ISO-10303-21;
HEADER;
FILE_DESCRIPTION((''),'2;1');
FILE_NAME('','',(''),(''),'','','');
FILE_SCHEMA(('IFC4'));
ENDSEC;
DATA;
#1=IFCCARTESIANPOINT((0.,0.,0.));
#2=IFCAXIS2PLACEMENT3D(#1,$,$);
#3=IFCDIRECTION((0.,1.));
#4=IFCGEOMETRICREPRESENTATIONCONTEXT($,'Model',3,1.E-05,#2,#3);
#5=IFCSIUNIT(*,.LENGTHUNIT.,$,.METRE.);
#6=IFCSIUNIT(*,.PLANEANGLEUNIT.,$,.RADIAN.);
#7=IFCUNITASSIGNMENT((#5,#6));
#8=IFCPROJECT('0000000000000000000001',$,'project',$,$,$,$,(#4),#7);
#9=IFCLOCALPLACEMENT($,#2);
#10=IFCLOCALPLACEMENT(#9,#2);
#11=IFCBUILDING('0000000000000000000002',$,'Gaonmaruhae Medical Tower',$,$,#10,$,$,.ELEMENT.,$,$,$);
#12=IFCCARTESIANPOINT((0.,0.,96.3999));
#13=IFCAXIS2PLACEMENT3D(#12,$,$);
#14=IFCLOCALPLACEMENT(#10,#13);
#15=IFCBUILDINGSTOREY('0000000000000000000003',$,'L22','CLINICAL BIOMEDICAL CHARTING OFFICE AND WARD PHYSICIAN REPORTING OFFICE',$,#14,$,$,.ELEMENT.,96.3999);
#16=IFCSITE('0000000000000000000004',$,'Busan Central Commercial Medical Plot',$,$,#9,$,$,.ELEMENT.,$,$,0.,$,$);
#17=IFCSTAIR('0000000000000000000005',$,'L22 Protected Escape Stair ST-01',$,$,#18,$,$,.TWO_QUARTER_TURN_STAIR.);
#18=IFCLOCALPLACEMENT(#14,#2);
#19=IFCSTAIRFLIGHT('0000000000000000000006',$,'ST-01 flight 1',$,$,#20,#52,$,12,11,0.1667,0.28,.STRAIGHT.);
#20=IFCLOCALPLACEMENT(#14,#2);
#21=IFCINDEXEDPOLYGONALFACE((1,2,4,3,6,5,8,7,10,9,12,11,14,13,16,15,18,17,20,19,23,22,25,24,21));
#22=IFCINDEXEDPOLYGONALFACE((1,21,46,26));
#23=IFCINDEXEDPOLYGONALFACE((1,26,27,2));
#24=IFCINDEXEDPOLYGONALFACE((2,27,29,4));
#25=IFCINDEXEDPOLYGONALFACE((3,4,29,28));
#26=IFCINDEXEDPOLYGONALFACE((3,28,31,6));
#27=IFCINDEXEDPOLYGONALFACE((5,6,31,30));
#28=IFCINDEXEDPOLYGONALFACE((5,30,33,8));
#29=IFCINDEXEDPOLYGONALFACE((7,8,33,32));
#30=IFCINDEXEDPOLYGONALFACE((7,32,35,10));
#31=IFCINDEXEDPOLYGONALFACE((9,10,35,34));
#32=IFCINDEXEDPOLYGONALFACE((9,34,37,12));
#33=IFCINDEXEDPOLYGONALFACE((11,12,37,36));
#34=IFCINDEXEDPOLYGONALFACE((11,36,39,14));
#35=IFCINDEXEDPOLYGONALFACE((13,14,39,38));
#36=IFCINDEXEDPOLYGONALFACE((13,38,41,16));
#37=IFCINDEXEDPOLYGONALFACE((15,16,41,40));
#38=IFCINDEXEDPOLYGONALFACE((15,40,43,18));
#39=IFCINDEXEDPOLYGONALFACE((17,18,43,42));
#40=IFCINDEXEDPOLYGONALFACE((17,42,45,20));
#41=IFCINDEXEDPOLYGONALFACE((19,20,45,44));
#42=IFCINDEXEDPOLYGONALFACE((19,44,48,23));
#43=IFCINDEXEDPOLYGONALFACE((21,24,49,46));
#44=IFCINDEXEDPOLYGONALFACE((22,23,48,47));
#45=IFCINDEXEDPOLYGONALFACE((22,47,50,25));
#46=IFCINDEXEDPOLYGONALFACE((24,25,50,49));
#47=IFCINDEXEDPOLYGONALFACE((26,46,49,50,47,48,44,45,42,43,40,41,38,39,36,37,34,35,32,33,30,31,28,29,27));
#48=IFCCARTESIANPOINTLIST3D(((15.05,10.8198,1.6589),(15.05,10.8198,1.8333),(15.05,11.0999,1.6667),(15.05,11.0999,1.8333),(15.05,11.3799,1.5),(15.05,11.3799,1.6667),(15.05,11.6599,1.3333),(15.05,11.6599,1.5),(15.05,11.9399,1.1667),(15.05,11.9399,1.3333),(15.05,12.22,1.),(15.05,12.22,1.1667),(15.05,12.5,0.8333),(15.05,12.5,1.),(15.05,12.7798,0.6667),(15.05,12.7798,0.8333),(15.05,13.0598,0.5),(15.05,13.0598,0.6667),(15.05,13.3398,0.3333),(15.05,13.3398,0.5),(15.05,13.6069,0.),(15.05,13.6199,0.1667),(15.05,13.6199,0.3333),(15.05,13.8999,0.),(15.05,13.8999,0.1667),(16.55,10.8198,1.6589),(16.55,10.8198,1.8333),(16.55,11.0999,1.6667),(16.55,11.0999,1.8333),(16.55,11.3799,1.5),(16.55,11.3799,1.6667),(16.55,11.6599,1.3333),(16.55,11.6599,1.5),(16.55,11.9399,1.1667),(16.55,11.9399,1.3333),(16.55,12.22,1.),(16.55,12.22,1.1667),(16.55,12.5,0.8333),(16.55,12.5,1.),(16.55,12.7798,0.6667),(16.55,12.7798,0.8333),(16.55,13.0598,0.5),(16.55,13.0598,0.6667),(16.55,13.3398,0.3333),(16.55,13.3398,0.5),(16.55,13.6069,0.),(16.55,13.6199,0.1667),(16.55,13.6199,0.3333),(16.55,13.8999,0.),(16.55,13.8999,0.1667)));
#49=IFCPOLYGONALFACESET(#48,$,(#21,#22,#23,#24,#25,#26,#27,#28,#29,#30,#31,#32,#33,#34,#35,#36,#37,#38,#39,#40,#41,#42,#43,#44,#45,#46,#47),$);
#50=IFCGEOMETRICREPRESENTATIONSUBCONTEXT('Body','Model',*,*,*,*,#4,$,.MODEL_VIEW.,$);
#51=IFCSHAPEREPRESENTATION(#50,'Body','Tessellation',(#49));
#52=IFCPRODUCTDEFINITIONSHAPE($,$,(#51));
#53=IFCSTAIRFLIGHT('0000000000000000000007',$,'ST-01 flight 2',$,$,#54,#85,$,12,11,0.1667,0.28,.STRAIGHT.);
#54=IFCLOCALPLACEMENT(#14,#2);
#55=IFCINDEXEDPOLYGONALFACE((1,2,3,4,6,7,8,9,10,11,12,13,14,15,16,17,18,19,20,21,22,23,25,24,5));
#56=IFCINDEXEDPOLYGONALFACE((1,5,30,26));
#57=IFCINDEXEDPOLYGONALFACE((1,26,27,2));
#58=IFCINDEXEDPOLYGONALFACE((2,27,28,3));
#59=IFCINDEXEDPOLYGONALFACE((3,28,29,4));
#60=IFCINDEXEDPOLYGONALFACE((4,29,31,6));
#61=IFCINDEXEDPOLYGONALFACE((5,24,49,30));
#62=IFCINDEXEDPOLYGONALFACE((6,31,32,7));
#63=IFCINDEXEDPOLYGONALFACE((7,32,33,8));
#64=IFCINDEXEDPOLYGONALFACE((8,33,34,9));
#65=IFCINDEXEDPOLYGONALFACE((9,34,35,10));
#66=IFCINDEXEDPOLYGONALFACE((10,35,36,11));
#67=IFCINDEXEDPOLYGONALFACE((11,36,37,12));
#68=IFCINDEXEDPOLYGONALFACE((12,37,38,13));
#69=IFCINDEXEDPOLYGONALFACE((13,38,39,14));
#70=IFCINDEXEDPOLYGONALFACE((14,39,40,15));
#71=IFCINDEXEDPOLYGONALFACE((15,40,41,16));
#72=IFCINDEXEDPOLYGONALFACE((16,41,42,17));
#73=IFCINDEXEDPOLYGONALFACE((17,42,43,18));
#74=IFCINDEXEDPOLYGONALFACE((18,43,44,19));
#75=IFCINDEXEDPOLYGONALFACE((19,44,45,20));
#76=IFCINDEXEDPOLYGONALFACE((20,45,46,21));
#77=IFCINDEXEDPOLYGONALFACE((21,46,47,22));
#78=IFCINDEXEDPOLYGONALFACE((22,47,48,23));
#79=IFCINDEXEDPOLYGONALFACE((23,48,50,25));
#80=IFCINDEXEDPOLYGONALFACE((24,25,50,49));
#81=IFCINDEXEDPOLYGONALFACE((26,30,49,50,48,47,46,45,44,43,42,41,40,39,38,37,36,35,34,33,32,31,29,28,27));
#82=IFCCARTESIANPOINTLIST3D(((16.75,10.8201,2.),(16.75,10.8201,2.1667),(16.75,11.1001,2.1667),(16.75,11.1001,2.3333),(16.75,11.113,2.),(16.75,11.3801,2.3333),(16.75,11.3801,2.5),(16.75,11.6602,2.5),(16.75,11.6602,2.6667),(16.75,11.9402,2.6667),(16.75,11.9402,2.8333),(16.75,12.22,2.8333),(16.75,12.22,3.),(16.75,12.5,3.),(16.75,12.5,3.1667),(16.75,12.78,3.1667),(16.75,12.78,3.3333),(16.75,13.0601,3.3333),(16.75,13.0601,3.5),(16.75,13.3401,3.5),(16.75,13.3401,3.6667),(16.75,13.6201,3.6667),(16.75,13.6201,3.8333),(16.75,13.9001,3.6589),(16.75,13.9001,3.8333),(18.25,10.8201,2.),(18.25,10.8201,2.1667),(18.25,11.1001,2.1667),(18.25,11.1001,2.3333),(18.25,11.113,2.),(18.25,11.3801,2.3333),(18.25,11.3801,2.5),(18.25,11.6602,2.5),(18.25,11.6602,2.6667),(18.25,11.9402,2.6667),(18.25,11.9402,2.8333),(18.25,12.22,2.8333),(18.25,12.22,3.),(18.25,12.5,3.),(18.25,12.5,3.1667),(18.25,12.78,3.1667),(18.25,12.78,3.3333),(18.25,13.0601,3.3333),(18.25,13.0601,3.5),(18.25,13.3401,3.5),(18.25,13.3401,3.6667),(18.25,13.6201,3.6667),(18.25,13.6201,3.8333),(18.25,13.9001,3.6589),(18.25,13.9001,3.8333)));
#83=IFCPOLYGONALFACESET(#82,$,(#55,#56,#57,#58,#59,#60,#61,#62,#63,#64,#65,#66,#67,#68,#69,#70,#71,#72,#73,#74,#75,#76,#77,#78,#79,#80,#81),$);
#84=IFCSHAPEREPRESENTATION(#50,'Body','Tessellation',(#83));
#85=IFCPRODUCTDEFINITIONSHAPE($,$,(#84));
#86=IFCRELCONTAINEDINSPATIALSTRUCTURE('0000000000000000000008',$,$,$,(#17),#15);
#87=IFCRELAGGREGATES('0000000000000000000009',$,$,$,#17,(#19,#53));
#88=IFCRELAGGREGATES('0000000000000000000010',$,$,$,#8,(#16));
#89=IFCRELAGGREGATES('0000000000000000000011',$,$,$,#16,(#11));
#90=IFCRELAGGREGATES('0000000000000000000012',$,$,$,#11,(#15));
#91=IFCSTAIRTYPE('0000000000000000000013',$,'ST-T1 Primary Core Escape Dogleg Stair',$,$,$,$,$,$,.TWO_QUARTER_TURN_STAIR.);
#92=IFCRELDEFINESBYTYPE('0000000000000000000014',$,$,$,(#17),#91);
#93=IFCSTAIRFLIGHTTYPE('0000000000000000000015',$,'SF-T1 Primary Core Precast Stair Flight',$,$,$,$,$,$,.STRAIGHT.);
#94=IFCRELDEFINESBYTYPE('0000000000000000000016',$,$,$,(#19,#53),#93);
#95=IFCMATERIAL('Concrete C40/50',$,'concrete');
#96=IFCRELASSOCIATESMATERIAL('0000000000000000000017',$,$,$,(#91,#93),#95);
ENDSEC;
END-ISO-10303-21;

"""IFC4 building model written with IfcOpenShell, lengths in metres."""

from ifc_helpers import new_model, si_unit, direction, frame, origin, place, context, subcontext, project, spatial, polyline, outline, extrude, material, type_object, element, aggregate, save


model = new_model("IFC4")

# Units and contexts
model_context = context("Model", 3, precision=1e-05, world=origin(), true_north=direction((0.0, 1.0)))
body_context = subcontext(model_context, "Body", "Model", "MODEL_VIEW")
ifc_project = project(units=[si_unit("LENGTHUNIT", "METRE"), si_unit("PLANEANGLEUNIT", "RADIAN")], contexts=[model_context])

# Site, building, storey
site_placement = place(None, origin())
site = spatial("IfcSite", under=ifc_project, at=site_placement, Name="Busan Central Commercial Medical Plot", CompositionType="ELEMENT", RefElevation=0.0)
building_placement = place(site_placement, origin())
building = spatial("IfcBuilding", under=site, at=building_placement, Name="Gaonmaruhae Medical Tower", CompositionType="ELEMENT")
storey_placement = place(building_placement, frame((0.0, 0.0, 96.3999)))
storey = spatial("IfcBuildingStorey", under=building, at=storey_placement, Name="L22", Description="CLINICAL BIOMEDICAL CHARTING OFFICE AND WARD PHYSICIAN REPORTING OFFICE", CompositionType="ELEMENT", Elevation=96.3999)

# Stair, stair flights
ifc_material_1 = material(Name="Concrete C40/50", Category="concrete")
stair_type = type_object("IfcStairType", Name="ST-T1 Primary Core Escape Dogleg Stair", PredefinedType="TWO_QUARTER_TURN_STAIR", material=ifc_material_1)
stair_placement = place(storey_placement, origin())
stair = element("IfcStair", 1, at=stair_placement, inside=storey, type_object=stair_type, Name="L22 Protected Escape Stair ST-01", PredefinedType="TWO_QUARTER_TURN_STAIR")
stair_flight_type = type_object("IfcStairFlightType", Name="SF-T1 Primary Core Precast Stair Flight", PredefinedType="STRAIGHT", material=ifc_material_1)
stair_flight_1_placement = place(storey_placement, frame((15.8, 13.8999, 0.0), z_axis=(0.0, 0.0, 1.0), x_axis=(0.0, -1.0, 0.0)))
stair_flight_1 = element("IfcStairFlight", 2, at=stair_flight_1_placement, type_object=stair_flight_type, Name="ST-01 flight 1", NumberOfRisers=12, NumberOfTreads=11, PredefinedType="STRAIGHT", RiserHeight=0.1667, TreadLength=0.28, context=body_context, shape_type="SweptSolid", body=[
    extrude(outline(polyline([(0.0, 0.0), (0.0, 0.1667), (0.28, 0.1667), (0.28, 0.3333), (0.5601, 0.3333), (0.5601, 0.5), (0.8401, 0.5), (0.8401, 0.6667), (1.1201, 0.6667), (1.1201, 0.8333), (1.3999, 0.8333), (1.3999, 1.0), (1.6799, 1.0), (1.6799, 1.1667), (1.96, 1.1667), (1.96, 1.3333), (2.24, 1.3333), (2.24, 1.5), (2.52, 1.5), (2.52, 1.6667), (2.8, 1.6667), (2.8, 1.8333), (3.0801, 1.8333), (3.0801, 2.0), (3.0801, 1.6589), (0.293, 0.0), (0.0, 0.0)])), frame((0.0, 0.75, 0.0), z_axis=(0.0, -1.0, 0.0), x_axis=(1.0, 0.0, 0.0)), (0.0, 0.0, 1.0), 1.5),
])
stair_flight_2_placement = place(storey_placement, frame((17.5, 10.8201, 2.0), z_axis=(0.0, 0.0, 1.0), x_axis=(0.0, 1.0, 0.0)))
stair_flight_2 = element("IfcStairFlight", 3, at=stair_flight_2_placement, type_object=stair_flight_type, Name="ST-01 flight 2", NumberOfRisers=12, NumberOfTreads=11, PredefinedType="STRAIGHT", RiserHeight=0.1667, TreadLength=0.28, context=body_context, shape_type="SweptSolid", body=[
    extrude(outline(polyline([(0.0, 0.0), (0.0, 0.1667), (0.28, 0.1667), (0.28, 0.3333), (0.5601, 0.3333), (0.5601, 0.5), (0.8401, 0.5), (0.8401, 0.6667), (1.1201, 0.6667), (1.1201, 0.8333), (1.3999, 0.8333), (1.3999, 1.0), (1.6799, 1.0), (1.6799, 1.1667), (1.96, 1.1667), (1.96, 1.3333), (2.24, 1.3333), (2.24, 1.5), (2.52, 1.5), (2.52, 1.6667), (2.8, 1.6667), (2.8, 1.8333), (3.0801, 1.8333), (3.0801, 2.0), (3.0801, 1.6589), (0.293, 0.0), (0.0, 0.0)])), frame((0.0, 0.75, 0.0), z_axis=(0.0, -1.0, 0.0), x_axis=(1.0, 0.0, 0.0)), (0.0, 0.0, 1.0), 1.5),
])
aggregate(stair, [stair_flight_1, stair_flight_2])

save(model, "model.ifc")
